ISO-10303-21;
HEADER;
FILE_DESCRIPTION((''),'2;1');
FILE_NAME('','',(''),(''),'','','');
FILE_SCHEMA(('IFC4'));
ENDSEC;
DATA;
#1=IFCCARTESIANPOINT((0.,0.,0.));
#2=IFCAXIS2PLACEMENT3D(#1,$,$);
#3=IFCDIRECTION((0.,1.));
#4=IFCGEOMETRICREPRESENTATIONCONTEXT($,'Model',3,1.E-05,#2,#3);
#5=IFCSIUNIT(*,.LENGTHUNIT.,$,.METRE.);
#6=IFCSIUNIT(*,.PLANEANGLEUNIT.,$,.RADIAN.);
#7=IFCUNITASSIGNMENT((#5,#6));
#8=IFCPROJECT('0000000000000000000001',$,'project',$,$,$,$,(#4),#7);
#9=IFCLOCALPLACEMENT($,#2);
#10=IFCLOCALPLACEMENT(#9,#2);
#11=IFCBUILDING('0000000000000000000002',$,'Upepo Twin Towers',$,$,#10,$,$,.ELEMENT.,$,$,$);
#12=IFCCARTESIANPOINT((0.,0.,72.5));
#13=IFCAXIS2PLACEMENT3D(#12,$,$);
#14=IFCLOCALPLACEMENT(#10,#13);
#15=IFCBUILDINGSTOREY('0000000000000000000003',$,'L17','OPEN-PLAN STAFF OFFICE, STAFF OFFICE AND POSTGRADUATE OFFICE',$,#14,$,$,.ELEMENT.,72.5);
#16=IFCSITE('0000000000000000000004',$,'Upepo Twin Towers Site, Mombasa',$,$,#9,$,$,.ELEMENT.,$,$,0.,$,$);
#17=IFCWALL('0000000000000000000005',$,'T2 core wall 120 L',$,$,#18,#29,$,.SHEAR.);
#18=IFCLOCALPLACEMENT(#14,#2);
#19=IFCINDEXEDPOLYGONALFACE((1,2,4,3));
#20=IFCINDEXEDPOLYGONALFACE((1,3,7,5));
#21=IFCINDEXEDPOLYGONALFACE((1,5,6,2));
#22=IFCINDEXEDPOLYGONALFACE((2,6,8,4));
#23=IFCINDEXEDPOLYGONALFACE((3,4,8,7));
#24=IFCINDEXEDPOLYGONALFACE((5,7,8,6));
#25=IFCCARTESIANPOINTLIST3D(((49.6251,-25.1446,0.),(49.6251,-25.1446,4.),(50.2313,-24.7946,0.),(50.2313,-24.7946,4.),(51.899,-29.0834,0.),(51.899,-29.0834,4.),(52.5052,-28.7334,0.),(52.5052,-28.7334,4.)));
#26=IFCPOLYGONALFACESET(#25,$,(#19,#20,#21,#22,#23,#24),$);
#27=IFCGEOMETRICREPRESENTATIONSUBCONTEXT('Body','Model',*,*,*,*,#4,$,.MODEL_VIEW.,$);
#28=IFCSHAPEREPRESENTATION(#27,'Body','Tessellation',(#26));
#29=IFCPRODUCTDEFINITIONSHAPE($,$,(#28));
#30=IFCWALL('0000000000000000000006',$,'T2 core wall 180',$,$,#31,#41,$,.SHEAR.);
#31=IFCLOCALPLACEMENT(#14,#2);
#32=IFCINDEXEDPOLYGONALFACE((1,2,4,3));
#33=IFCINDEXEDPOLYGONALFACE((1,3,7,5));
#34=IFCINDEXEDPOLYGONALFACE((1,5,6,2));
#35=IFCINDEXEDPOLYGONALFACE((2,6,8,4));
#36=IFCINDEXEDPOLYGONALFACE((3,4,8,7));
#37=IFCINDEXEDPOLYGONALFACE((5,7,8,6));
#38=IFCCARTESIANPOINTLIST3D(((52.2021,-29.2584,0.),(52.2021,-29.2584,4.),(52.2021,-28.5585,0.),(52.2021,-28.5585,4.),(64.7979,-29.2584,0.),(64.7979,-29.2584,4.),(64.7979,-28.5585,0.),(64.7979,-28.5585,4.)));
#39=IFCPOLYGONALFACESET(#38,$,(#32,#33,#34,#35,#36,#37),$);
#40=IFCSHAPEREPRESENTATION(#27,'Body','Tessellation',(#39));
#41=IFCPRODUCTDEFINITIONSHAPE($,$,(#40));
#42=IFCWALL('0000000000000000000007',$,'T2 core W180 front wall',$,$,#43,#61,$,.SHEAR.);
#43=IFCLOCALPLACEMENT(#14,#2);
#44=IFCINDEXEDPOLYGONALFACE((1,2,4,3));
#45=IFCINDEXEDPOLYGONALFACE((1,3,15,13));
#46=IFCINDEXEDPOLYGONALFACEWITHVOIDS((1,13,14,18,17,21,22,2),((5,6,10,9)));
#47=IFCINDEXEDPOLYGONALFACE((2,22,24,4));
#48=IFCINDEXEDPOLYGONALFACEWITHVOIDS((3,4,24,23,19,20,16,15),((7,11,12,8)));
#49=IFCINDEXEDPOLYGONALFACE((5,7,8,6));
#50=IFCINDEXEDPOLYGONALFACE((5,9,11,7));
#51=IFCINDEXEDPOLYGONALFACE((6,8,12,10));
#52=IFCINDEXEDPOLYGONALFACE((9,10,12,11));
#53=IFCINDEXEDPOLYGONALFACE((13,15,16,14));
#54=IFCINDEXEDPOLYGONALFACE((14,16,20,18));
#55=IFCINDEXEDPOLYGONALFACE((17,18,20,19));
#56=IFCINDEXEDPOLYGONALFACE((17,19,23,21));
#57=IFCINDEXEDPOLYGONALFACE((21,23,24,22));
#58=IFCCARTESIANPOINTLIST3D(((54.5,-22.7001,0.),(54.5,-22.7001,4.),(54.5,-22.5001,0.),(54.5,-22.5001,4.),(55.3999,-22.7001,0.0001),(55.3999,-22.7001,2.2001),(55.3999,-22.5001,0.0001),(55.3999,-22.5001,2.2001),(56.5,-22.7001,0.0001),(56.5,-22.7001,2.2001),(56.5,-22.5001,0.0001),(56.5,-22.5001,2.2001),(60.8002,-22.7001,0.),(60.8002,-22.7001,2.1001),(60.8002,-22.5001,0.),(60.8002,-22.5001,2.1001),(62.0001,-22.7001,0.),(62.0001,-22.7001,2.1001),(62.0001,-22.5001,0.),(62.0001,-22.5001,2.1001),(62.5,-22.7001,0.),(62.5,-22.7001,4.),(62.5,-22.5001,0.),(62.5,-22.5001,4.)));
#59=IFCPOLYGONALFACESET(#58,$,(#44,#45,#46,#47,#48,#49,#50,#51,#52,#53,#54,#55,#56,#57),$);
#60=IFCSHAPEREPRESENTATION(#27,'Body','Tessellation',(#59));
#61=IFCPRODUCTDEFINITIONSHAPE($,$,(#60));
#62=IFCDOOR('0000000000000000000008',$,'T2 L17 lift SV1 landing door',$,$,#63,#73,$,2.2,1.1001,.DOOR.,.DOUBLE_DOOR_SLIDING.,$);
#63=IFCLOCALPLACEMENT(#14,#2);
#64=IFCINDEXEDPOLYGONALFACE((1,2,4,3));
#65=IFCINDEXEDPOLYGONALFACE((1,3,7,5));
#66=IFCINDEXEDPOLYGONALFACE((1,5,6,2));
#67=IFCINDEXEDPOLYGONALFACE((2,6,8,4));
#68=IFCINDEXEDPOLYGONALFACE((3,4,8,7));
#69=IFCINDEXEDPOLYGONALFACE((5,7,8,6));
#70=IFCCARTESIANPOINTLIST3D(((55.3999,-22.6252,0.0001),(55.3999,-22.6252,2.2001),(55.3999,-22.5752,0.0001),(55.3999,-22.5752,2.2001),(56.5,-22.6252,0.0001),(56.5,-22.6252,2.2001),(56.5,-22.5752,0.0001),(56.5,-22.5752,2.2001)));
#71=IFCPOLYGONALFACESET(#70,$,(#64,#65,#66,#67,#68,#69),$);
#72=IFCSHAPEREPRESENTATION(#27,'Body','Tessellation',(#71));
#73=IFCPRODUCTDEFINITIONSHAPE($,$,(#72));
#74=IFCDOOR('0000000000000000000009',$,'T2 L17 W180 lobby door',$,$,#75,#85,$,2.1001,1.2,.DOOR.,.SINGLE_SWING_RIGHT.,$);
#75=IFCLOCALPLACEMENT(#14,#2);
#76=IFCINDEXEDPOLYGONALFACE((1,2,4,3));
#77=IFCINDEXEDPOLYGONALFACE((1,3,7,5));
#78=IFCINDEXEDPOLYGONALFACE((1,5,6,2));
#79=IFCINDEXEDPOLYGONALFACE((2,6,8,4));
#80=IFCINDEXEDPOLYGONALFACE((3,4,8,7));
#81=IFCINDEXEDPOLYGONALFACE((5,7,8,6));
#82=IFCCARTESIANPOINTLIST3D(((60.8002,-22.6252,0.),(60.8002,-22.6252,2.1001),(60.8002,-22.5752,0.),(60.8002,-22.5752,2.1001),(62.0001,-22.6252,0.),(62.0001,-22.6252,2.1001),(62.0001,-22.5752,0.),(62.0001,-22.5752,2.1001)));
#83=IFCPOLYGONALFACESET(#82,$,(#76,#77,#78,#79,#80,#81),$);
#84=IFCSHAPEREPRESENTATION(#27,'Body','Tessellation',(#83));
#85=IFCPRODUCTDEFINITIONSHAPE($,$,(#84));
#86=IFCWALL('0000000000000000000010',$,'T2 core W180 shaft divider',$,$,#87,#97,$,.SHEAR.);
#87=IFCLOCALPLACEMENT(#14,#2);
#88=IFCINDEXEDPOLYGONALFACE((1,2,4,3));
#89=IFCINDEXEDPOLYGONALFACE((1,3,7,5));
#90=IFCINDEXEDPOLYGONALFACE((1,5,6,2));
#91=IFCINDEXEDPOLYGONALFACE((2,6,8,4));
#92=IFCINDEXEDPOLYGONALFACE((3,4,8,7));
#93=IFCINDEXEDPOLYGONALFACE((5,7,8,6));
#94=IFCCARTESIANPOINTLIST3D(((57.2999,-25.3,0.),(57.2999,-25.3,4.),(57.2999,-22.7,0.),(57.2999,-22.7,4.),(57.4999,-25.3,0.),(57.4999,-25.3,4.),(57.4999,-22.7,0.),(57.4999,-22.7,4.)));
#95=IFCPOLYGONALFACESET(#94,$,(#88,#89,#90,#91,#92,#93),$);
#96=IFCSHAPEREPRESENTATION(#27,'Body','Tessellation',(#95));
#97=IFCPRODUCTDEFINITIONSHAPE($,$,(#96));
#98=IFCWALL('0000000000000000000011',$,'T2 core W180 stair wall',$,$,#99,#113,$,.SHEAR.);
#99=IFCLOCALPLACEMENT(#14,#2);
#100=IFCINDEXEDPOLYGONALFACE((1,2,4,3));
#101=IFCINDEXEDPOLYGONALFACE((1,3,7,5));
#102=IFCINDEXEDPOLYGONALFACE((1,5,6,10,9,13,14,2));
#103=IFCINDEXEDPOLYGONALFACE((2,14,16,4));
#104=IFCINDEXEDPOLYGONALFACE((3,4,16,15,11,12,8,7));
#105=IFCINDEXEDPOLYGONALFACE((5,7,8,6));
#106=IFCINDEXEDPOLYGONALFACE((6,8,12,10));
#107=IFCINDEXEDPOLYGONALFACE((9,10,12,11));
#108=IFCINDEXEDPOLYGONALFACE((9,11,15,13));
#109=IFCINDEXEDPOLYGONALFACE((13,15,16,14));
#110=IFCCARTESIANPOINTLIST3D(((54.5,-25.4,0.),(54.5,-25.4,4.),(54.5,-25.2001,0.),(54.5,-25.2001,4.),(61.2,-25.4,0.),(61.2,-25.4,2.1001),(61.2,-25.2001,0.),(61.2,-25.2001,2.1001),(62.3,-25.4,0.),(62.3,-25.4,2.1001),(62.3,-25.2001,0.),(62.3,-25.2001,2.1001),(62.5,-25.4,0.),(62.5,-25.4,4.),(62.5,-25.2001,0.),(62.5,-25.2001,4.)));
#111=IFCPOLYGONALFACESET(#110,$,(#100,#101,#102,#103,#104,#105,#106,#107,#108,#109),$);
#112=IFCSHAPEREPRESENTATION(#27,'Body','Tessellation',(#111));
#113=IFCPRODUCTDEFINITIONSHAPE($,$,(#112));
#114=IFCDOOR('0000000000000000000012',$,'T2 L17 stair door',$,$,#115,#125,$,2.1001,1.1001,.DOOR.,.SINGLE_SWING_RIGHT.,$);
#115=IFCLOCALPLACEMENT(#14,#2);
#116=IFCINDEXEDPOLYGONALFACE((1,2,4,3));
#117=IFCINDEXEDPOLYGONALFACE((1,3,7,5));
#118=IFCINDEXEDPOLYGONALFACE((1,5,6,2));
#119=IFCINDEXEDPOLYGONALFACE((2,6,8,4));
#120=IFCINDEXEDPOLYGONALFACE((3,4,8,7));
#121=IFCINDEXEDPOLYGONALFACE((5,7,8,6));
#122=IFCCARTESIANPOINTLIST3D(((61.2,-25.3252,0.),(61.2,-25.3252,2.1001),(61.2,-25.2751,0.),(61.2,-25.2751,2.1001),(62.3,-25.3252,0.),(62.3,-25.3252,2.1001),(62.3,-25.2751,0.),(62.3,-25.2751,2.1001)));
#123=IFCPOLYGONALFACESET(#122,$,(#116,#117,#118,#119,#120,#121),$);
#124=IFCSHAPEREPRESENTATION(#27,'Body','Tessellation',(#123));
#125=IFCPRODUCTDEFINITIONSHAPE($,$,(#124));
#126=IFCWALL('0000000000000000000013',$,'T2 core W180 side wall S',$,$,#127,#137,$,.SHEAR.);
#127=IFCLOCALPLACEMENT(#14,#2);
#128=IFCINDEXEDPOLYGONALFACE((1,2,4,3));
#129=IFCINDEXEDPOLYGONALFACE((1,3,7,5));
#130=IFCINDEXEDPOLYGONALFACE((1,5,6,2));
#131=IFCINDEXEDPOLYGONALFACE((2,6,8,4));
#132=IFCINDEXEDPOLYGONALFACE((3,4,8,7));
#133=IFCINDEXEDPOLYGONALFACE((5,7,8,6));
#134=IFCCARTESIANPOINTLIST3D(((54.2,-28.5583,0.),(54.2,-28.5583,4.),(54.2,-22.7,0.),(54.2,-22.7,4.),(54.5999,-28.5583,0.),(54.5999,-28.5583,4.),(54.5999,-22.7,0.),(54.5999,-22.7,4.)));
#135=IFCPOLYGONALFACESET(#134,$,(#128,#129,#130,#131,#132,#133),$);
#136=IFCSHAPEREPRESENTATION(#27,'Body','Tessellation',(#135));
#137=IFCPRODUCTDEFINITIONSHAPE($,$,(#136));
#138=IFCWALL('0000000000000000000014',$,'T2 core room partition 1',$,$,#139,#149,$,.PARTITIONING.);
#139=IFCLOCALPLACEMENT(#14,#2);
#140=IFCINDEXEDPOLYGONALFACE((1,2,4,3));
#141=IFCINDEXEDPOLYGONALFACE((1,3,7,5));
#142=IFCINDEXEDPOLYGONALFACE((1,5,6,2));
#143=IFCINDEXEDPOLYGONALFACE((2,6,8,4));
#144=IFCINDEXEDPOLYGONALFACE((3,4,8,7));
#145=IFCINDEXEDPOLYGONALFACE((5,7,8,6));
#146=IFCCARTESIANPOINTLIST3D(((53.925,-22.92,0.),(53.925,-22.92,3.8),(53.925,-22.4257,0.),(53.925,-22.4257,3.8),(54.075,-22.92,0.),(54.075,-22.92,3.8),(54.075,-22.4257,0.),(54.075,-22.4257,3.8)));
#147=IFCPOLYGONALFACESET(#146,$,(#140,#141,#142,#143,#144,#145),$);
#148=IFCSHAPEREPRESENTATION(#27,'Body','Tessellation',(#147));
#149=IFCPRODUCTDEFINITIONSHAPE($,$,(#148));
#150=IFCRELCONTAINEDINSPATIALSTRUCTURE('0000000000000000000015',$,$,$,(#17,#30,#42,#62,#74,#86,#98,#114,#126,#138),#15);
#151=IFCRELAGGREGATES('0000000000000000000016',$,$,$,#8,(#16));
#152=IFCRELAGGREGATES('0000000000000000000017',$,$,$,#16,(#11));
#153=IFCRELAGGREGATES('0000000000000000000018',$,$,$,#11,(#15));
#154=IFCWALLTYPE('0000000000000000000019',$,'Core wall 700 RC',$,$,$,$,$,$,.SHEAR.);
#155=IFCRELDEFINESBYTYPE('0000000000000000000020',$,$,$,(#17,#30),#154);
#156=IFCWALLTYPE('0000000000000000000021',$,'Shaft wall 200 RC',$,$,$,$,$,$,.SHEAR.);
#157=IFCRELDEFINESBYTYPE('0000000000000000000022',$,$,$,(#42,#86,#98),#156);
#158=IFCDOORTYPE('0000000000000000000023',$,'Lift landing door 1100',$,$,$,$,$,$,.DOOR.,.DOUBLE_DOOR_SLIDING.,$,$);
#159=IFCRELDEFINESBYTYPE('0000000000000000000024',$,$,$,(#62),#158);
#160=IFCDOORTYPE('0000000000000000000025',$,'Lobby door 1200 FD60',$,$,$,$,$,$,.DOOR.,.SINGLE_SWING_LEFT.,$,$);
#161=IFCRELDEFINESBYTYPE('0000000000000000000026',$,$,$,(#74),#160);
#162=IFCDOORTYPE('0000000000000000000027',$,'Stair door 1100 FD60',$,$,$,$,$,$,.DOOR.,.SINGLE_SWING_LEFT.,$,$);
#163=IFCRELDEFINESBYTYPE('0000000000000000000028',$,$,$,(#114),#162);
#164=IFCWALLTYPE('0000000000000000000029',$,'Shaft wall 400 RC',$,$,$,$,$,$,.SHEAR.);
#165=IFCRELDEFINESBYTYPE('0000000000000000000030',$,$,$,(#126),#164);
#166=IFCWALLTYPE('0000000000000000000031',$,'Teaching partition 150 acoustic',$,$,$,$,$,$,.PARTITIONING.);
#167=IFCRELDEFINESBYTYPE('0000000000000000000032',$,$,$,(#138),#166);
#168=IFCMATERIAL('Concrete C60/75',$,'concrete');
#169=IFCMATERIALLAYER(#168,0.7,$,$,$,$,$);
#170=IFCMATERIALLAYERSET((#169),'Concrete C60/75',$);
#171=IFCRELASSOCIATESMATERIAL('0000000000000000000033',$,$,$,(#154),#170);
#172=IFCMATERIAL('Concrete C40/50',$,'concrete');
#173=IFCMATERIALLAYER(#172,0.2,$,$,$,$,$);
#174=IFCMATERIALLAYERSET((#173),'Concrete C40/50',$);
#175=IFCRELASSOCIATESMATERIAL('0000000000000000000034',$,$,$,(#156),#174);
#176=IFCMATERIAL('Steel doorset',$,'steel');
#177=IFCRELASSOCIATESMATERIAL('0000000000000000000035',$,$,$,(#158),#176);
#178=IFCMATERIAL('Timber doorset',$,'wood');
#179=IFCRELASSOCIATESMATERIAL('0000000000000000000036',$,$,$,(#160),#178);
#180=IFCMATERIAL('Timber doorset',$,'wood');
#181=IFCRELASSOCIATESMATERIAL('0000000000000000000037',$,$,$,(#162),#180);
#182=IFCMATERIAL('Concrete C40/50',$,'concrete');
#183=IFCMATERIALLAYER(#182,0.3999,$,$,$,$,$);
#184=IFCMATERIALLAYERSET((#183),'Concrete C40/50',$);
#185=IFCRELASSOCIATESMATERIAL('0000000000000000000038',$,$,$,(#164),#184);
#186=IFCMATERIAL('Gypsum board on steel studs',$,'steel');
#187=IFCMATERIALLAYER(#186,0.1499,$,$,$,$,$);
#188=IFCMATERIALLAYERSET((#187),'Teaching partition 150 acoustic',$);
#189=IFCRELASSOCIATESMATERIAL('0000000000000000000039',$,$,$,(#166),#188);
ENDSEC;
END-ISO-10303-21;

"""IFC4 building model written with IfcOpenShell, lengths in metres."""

from ifc_helpers import new_model, si_unit, direction, frame, frame_2d, origin, place, context, subcontext, project, spatial, rectangle, extrude, material, layer, layer_set, type_object, element, fill, save


model = new_model("IFC4")

# Units and contexts
model_context = context("Model", 3, precision=1e-05, world=origin(), true_north=direction((0.0, 1.0)))
body_context = subcontext(model_context, "Body", "Model", "MODEL_VIEW")
ifc_project = project(units=[si_unit("LENGTHUNIT", "METRE"), si_unit("PLANEANGLEUNIT", "RADIAN")], contexts=[model_context])

# Site, building, storey
site_placement = place(None, origin())
site = spatial("IfcSite", under=ifc_project, at=site_placement, Name="Upepo Twin Towers Site, Mombasa", CompositionType="ELEMENT", RefElevation=0.0)
building_placement = place(site_placement, origin())
building = spatial("IfcBuilding", under=site, at=building_placement, Name="Upepo Twin Towers", CompositionType="ELEMENT")
storey_placement = place(building_placement, frame((0.0, 0.0, 72.5)))
storey = spatial("IfcBuildingStorey", under=building, at=storey_placement, Name="L17", Description="OPEN-PLAN STAFF OFFICE, STAFF OFFICE AND POSTGRADUATE OFFICE", CompositionType="ELEMENT", Elevation=72.5)

# Walls
ifc_material_1 = material(Name="Concrete C60/75", Category="concrete")
ifc_layer_1 = layer(ifc_material_1, 0.7)
ifc_layer_set_1 = layer_set([ifc_layer_1], Name="Concrete C60/75")
wall_type_1 = type_object("IfcWallType", Name="Core wall 700 RC", PredefinedType="SHEAR", material=ifc_layer_set_1)
wall_1_placement = place(storey_placement, frame((49.9282, -24.9697, 0.0), z_axis=(0.0, 0.0, 1.0), x_axis=(0.499984, -0.866035, 0.0)))
element("IfcWall", 1, at=wall_1_placement, inside=storey, type_object=wall_type_1, Name="T2 core wall 120 L", PredefinedType="SHEAR", context=body_context, shape_type="SweptSolid", body=[
    extrude(rectangle(XDim=4.5481, YDim=0.7, at=frame_2d((2.2739, 0.0))), origin(), (0.0, 0.0, 1.0), 4.0),
])
wall_2_placement = place(storey_placement, frame((52.2021, -28.9084, 0.0), z_axis=(0.0, 0.0, 1.0), x_axis=(1.0, 0.0, 0.0)))
element("IfcWall", 2, at=wall_2_placement, inside=storey, type_object=wall_type_1, Name="T2 core wall 180", PredefinedType="SHEAR", context=body_context, shape_type="SweptSolid", body=[
    extrude(rectangle(XDim=12.5957, YDim=0.7, at=frame_2d((6.2979, 0.0))), origin(), (0.0, 0.0, 1.0), 4.0),
])

# Wall, openings, doors
ifc_material_2 = material(Name="Concrete C40/50", Category="concrete")
ifc_layer_2 = layer(ifc_material_2, 0.2)
ifc_layer_set_2 = layer_set([ifc_layer_2], Name="Concrete C40/50")
wall_type_2 = type_object("IfcWallType", Name="Shaft wall 200 RC", PredefinedType="SHEAR", material=ifc_layer_set_2)
wall_3_placement = place(storey_placement, frame((54.5, -22.6001, 0.0), z_axis=(0.0, 0.0, 1.0), x_axis=(1.0, 0.0, 0.0)))
wall_3 = element("IfcWall", 3, at=wall_3_placement, inside=storey, type_object=wall_type_2, Name="T2 core W180 front wall", PredefinedType="SHEAR", context=body_context, shape_type="SweptSolid", body=[
    extrude(rectangle(XDim=8.0, YDim=0.2, at=frame_2d((4.0, 0.0))), origin(), (0.0, 0.0, 1.0), 4.0),
])
opening_1_placement = place(wall_3_placement, frame((6.3, 0.0, 0.0)))
opening_1 = element("IfcOpeningElement", 4, at=opening_1_placement, cuts=wall_3, PredefinedType="OPENING", context=body_context, shape_type="SweptSolid", body=[
    extrude(rectangle(XDim=1.2, YDim=2.1001, at=frame_2d((0.6001, 1.05))), frame((0.0, 0.1099, 0.0), z_axis=(0.0, -1.0, 0.0), x_axis=(1.0, 0.0, 0.0)), (0.0, 0.0, 1.0), 0.22),
])
opening_2_placement = place(wall_3_placement, frame((0.8999, 0.0, 0.0)))
opening_2 = element("IfcOpeningElement", 5, at=opening_2_placement, cuts=wall_3, PredefinedType="OPENING", context=body_context, shape_type="SweptSolid", body=[
    extrude(rectangle(XDim=1.1001, YDim=2.2, at=frame_2d((0.55, 1.1001))), frame((0.0, 0.1099, 0.0), z_axis=(0.0, -1.0, 0.0), x_axis=(1.0, 0.0, 0.0)), (0.0, 0.0, 1.0), 0.22),
])
ifc_material_3 = material(Name="Steel doorset", Category="steel")
door_type_1 = type_object("IfcDoorType", Name="Lift landing door 1100", OperationType="DOUBLE_DOOR_SLIDING", PredefinedType="DOOR", material=ifc_material_3)
door_1_placement = place(opening_2_placement, origin())
door_1 = element("IfcDoor", 6, at=door_1_placement, inside=storey, type_object=door_type_1, Name="T2 L17 lift SV1 landing door", OperationType="DOUBLE_DOOR_SLIDING", OverallHeight=2.2, OverallWidth=1.1001, PredefinedType="DOOR", context=body_context, shape_type="SweptSolid", body=[
    extrude(rectangle(XDim=1.1001, YDim=2.2, at=frame_2d((0.55, 1.1001))), frame((0.0, 0.0249, 0.0), z_axis=(0.0, -1.0, 0.0), x_axis=(1.0, 0.0, 0.0)), (0.0, 0.0, 1.0), 0.05),
])
fill(opening_2, door_1)
ifc_material_4 = material(Name="Timber doorset", Category="wood")
door_type_2 = type_object("IfcDoorType", Name="Lobby door 1200 FD60", OperationType="SINGLE_SWING_LEFT", PredefinedType="DOOR", material=ifc_material_4)
door_2_placement = place(opening_1_placement, origin())
door_2 = element("IfcDoor", 7, at=door_2_placement, inside=storey, type_object=door_type_2, Name="T2 L17 W180 lobby door", OperationType="SINGLE_SWING_RIGHT", OverallHeight=2.1001, OverallWidth=1.2, PredefinedType="DOOR", context=body_context, shape_type="SweptSolid", body=[
    extrude(rectangle(XDim=1.2, YDim=2.1001, at=frame_2d((0.6001, 1.05))), frame((0.0, 0.0249, 0.0), z_axis=(0.0, -1.0, 0.0), x_axis=(1.0, 0.0, 0.0)), (0.0, 0.0, 1.0), 0.05),
])
fill(opening_1, door_2)

# Wall
wall_4_placement = place(storey_placement, frame((57.3999, -22.7, 0.0), z_axis=(0.0, 0.0, 1.0), x_axis=(0.0, -1.0, 0.0)))
element("IfcWall", 8, at=wall_4_placement, inside=storey, type_object=wall_type_2, Name="T2 core W180 shaft divider", PredefinedType="SHEAR", context=body_context, shape_type="SweptSolid", body=[
    extrude(rectangle(XDim=2.6001, YDim=0.2, at=frame_2d((1.3, 0.0))), origin(), (0.0, 0.0, 1.0), 4.0),
])

# Wall, opening, door
wall_5_placement = place(storey_placement, frame((54.5, -25.3, 0.0), z_axis=(0.0, 0.0, 1.0), x_axis=(1.0, 0.0, 0.0)))
wall_5 = element("IfcWall", 9, at=wall_5_placement, inside=storey, type_object=wall_type_2, Name="T2 core W180 stair wall", PredefinedType="SHEAR", context=body_context, shape_type="SweptSolid", body=[
    extrude(rectangle(XDim=8.0, YDim=0.2, at=frame_2d((4.0, 0.0))), origin(), (0.0, 0.0, 1.0), 4.0),
])
opening_3_placement = place(wall_5_placement, frame((6.7, 0.0, 0.0)))
opening_3 = element("IfcOpeningElement", 10, at=opening_3_placement, cuts=wall_5, PredefinedType="OPENING", context=body_context, shape_type="SweptSolid", body=[
    extrude(rectangle(XDim=1.1001, YDim=2.1001, at=frame_2d((0.55, 1.05))), frame((0.0, 0.1099, 0.0), z_axis=(0.0, -1.0, 0.0), x_axis=(1.0, 0.0, 0.0)), (0.0, 0.0, 1.0), 0.22),
])
ifc_material_5 = material(Name="Timber doorset", Category="wood")
door_type_3 = type_object("IfcDoorType", Name="Stair door 1100 FD60", OperationType="SINGLE_SWING_LEFT", PredefinedType="DOOR", material=ifc_material_5)
door_3_placement = place(opening_3_placement, origin())
door_3 = element("IfcDoor", 11, at=door_3_placement, inside=storey, type_object=door_type_3, Name="T2 L17 stair door", OperationType="SINGLE_SWING_RIGHT", OverallHeight=2.1001, OverallWidth=1.1001, PredefinedType="DOOR", context=body_context, shape_type="SweptSolid", body=[
    extrude(rectangle(XDim=1.1001, YDim=2.1001, at=frame_2d((0.55, 1.05))), frame((0.0, 0.0249, 0.0), z_axis=(0.0, -1.0, 0.0), x_axis=(1.0, 0.0, 0.0)), (0.0, 0.0, 1.0), 0.05),
])
fill(opening_3, door_3)

# Walls
ifc_material_6 = material(Name="Concrete C40/50", Category="concrete")
ifc_layer_3 = layer(ifc_material_6, 0.3999)
ifc_layer_set_3 = layer_set([ifc_layer_3], Name="Concrete C40/50")
wall_type_3 = type_object("IfcWallType", Name="Shaft wall 400 RC", PredefinedType="SHEAR", material=ifc_layer_set_3)
wall_6_placement = place(storey_placement, frame((54.3999, -22.7, 0.0), z_axis=(0.0, 0.0, 1.0), x_axis=(0.0, -1.0, 0.0)))
element("IfcWall", 12, at=wall_6_placement, inside=storey, type_object=wall_type_3, Name="T2 core W180 side wall S", PredefinedType="SHEAR", context=body_context, shape_type="SweptSolid", body=[
    extrude(rectangle(XDim=5.8584, YDim=0.3999, at=frame_2d((2.9292, 0.0))), origin(), (0.0, 0.0, 1.0), 4.0),
])
ifc_material_7 = material(Name="Gypsum board on steel studs", Category="steel")
ifc_layer_4 = layer(ifc_material_7, 0.1499)
ifc_layer_set_4 = layer_set([ifc_layer_4], Name="Teaching partition 150 acoustic")
wall_type_4 = type_object("IfcWallType", Name="Teaching partition 150 acoustic", PredefinedType="PARTITIONING", material=ifc_layer_set_4)
wall_7_placement = place(storey_placement, frame((54.0, -22.9199, 0.0), z_axis=(0.0, 0.0, 1.0), x_axis=(0.0, 1.0, 0.0)))
element("IfcWall", 13, at=wall_7_placement, inside=storey, type_object=wall_type_4, Name="T2 core room partition 1", PredefinedType="PARTITIONING", context=body_context, shape_type="SweptSolid", body=[
    extrude(rectangle(XDim=0.4944, YDim=0.1499, at=frame_2d((0.2471, 0.0))), origin(), (0.0, 0.0, 1.0), 3.8),
])

save(model, "model.ifc")
